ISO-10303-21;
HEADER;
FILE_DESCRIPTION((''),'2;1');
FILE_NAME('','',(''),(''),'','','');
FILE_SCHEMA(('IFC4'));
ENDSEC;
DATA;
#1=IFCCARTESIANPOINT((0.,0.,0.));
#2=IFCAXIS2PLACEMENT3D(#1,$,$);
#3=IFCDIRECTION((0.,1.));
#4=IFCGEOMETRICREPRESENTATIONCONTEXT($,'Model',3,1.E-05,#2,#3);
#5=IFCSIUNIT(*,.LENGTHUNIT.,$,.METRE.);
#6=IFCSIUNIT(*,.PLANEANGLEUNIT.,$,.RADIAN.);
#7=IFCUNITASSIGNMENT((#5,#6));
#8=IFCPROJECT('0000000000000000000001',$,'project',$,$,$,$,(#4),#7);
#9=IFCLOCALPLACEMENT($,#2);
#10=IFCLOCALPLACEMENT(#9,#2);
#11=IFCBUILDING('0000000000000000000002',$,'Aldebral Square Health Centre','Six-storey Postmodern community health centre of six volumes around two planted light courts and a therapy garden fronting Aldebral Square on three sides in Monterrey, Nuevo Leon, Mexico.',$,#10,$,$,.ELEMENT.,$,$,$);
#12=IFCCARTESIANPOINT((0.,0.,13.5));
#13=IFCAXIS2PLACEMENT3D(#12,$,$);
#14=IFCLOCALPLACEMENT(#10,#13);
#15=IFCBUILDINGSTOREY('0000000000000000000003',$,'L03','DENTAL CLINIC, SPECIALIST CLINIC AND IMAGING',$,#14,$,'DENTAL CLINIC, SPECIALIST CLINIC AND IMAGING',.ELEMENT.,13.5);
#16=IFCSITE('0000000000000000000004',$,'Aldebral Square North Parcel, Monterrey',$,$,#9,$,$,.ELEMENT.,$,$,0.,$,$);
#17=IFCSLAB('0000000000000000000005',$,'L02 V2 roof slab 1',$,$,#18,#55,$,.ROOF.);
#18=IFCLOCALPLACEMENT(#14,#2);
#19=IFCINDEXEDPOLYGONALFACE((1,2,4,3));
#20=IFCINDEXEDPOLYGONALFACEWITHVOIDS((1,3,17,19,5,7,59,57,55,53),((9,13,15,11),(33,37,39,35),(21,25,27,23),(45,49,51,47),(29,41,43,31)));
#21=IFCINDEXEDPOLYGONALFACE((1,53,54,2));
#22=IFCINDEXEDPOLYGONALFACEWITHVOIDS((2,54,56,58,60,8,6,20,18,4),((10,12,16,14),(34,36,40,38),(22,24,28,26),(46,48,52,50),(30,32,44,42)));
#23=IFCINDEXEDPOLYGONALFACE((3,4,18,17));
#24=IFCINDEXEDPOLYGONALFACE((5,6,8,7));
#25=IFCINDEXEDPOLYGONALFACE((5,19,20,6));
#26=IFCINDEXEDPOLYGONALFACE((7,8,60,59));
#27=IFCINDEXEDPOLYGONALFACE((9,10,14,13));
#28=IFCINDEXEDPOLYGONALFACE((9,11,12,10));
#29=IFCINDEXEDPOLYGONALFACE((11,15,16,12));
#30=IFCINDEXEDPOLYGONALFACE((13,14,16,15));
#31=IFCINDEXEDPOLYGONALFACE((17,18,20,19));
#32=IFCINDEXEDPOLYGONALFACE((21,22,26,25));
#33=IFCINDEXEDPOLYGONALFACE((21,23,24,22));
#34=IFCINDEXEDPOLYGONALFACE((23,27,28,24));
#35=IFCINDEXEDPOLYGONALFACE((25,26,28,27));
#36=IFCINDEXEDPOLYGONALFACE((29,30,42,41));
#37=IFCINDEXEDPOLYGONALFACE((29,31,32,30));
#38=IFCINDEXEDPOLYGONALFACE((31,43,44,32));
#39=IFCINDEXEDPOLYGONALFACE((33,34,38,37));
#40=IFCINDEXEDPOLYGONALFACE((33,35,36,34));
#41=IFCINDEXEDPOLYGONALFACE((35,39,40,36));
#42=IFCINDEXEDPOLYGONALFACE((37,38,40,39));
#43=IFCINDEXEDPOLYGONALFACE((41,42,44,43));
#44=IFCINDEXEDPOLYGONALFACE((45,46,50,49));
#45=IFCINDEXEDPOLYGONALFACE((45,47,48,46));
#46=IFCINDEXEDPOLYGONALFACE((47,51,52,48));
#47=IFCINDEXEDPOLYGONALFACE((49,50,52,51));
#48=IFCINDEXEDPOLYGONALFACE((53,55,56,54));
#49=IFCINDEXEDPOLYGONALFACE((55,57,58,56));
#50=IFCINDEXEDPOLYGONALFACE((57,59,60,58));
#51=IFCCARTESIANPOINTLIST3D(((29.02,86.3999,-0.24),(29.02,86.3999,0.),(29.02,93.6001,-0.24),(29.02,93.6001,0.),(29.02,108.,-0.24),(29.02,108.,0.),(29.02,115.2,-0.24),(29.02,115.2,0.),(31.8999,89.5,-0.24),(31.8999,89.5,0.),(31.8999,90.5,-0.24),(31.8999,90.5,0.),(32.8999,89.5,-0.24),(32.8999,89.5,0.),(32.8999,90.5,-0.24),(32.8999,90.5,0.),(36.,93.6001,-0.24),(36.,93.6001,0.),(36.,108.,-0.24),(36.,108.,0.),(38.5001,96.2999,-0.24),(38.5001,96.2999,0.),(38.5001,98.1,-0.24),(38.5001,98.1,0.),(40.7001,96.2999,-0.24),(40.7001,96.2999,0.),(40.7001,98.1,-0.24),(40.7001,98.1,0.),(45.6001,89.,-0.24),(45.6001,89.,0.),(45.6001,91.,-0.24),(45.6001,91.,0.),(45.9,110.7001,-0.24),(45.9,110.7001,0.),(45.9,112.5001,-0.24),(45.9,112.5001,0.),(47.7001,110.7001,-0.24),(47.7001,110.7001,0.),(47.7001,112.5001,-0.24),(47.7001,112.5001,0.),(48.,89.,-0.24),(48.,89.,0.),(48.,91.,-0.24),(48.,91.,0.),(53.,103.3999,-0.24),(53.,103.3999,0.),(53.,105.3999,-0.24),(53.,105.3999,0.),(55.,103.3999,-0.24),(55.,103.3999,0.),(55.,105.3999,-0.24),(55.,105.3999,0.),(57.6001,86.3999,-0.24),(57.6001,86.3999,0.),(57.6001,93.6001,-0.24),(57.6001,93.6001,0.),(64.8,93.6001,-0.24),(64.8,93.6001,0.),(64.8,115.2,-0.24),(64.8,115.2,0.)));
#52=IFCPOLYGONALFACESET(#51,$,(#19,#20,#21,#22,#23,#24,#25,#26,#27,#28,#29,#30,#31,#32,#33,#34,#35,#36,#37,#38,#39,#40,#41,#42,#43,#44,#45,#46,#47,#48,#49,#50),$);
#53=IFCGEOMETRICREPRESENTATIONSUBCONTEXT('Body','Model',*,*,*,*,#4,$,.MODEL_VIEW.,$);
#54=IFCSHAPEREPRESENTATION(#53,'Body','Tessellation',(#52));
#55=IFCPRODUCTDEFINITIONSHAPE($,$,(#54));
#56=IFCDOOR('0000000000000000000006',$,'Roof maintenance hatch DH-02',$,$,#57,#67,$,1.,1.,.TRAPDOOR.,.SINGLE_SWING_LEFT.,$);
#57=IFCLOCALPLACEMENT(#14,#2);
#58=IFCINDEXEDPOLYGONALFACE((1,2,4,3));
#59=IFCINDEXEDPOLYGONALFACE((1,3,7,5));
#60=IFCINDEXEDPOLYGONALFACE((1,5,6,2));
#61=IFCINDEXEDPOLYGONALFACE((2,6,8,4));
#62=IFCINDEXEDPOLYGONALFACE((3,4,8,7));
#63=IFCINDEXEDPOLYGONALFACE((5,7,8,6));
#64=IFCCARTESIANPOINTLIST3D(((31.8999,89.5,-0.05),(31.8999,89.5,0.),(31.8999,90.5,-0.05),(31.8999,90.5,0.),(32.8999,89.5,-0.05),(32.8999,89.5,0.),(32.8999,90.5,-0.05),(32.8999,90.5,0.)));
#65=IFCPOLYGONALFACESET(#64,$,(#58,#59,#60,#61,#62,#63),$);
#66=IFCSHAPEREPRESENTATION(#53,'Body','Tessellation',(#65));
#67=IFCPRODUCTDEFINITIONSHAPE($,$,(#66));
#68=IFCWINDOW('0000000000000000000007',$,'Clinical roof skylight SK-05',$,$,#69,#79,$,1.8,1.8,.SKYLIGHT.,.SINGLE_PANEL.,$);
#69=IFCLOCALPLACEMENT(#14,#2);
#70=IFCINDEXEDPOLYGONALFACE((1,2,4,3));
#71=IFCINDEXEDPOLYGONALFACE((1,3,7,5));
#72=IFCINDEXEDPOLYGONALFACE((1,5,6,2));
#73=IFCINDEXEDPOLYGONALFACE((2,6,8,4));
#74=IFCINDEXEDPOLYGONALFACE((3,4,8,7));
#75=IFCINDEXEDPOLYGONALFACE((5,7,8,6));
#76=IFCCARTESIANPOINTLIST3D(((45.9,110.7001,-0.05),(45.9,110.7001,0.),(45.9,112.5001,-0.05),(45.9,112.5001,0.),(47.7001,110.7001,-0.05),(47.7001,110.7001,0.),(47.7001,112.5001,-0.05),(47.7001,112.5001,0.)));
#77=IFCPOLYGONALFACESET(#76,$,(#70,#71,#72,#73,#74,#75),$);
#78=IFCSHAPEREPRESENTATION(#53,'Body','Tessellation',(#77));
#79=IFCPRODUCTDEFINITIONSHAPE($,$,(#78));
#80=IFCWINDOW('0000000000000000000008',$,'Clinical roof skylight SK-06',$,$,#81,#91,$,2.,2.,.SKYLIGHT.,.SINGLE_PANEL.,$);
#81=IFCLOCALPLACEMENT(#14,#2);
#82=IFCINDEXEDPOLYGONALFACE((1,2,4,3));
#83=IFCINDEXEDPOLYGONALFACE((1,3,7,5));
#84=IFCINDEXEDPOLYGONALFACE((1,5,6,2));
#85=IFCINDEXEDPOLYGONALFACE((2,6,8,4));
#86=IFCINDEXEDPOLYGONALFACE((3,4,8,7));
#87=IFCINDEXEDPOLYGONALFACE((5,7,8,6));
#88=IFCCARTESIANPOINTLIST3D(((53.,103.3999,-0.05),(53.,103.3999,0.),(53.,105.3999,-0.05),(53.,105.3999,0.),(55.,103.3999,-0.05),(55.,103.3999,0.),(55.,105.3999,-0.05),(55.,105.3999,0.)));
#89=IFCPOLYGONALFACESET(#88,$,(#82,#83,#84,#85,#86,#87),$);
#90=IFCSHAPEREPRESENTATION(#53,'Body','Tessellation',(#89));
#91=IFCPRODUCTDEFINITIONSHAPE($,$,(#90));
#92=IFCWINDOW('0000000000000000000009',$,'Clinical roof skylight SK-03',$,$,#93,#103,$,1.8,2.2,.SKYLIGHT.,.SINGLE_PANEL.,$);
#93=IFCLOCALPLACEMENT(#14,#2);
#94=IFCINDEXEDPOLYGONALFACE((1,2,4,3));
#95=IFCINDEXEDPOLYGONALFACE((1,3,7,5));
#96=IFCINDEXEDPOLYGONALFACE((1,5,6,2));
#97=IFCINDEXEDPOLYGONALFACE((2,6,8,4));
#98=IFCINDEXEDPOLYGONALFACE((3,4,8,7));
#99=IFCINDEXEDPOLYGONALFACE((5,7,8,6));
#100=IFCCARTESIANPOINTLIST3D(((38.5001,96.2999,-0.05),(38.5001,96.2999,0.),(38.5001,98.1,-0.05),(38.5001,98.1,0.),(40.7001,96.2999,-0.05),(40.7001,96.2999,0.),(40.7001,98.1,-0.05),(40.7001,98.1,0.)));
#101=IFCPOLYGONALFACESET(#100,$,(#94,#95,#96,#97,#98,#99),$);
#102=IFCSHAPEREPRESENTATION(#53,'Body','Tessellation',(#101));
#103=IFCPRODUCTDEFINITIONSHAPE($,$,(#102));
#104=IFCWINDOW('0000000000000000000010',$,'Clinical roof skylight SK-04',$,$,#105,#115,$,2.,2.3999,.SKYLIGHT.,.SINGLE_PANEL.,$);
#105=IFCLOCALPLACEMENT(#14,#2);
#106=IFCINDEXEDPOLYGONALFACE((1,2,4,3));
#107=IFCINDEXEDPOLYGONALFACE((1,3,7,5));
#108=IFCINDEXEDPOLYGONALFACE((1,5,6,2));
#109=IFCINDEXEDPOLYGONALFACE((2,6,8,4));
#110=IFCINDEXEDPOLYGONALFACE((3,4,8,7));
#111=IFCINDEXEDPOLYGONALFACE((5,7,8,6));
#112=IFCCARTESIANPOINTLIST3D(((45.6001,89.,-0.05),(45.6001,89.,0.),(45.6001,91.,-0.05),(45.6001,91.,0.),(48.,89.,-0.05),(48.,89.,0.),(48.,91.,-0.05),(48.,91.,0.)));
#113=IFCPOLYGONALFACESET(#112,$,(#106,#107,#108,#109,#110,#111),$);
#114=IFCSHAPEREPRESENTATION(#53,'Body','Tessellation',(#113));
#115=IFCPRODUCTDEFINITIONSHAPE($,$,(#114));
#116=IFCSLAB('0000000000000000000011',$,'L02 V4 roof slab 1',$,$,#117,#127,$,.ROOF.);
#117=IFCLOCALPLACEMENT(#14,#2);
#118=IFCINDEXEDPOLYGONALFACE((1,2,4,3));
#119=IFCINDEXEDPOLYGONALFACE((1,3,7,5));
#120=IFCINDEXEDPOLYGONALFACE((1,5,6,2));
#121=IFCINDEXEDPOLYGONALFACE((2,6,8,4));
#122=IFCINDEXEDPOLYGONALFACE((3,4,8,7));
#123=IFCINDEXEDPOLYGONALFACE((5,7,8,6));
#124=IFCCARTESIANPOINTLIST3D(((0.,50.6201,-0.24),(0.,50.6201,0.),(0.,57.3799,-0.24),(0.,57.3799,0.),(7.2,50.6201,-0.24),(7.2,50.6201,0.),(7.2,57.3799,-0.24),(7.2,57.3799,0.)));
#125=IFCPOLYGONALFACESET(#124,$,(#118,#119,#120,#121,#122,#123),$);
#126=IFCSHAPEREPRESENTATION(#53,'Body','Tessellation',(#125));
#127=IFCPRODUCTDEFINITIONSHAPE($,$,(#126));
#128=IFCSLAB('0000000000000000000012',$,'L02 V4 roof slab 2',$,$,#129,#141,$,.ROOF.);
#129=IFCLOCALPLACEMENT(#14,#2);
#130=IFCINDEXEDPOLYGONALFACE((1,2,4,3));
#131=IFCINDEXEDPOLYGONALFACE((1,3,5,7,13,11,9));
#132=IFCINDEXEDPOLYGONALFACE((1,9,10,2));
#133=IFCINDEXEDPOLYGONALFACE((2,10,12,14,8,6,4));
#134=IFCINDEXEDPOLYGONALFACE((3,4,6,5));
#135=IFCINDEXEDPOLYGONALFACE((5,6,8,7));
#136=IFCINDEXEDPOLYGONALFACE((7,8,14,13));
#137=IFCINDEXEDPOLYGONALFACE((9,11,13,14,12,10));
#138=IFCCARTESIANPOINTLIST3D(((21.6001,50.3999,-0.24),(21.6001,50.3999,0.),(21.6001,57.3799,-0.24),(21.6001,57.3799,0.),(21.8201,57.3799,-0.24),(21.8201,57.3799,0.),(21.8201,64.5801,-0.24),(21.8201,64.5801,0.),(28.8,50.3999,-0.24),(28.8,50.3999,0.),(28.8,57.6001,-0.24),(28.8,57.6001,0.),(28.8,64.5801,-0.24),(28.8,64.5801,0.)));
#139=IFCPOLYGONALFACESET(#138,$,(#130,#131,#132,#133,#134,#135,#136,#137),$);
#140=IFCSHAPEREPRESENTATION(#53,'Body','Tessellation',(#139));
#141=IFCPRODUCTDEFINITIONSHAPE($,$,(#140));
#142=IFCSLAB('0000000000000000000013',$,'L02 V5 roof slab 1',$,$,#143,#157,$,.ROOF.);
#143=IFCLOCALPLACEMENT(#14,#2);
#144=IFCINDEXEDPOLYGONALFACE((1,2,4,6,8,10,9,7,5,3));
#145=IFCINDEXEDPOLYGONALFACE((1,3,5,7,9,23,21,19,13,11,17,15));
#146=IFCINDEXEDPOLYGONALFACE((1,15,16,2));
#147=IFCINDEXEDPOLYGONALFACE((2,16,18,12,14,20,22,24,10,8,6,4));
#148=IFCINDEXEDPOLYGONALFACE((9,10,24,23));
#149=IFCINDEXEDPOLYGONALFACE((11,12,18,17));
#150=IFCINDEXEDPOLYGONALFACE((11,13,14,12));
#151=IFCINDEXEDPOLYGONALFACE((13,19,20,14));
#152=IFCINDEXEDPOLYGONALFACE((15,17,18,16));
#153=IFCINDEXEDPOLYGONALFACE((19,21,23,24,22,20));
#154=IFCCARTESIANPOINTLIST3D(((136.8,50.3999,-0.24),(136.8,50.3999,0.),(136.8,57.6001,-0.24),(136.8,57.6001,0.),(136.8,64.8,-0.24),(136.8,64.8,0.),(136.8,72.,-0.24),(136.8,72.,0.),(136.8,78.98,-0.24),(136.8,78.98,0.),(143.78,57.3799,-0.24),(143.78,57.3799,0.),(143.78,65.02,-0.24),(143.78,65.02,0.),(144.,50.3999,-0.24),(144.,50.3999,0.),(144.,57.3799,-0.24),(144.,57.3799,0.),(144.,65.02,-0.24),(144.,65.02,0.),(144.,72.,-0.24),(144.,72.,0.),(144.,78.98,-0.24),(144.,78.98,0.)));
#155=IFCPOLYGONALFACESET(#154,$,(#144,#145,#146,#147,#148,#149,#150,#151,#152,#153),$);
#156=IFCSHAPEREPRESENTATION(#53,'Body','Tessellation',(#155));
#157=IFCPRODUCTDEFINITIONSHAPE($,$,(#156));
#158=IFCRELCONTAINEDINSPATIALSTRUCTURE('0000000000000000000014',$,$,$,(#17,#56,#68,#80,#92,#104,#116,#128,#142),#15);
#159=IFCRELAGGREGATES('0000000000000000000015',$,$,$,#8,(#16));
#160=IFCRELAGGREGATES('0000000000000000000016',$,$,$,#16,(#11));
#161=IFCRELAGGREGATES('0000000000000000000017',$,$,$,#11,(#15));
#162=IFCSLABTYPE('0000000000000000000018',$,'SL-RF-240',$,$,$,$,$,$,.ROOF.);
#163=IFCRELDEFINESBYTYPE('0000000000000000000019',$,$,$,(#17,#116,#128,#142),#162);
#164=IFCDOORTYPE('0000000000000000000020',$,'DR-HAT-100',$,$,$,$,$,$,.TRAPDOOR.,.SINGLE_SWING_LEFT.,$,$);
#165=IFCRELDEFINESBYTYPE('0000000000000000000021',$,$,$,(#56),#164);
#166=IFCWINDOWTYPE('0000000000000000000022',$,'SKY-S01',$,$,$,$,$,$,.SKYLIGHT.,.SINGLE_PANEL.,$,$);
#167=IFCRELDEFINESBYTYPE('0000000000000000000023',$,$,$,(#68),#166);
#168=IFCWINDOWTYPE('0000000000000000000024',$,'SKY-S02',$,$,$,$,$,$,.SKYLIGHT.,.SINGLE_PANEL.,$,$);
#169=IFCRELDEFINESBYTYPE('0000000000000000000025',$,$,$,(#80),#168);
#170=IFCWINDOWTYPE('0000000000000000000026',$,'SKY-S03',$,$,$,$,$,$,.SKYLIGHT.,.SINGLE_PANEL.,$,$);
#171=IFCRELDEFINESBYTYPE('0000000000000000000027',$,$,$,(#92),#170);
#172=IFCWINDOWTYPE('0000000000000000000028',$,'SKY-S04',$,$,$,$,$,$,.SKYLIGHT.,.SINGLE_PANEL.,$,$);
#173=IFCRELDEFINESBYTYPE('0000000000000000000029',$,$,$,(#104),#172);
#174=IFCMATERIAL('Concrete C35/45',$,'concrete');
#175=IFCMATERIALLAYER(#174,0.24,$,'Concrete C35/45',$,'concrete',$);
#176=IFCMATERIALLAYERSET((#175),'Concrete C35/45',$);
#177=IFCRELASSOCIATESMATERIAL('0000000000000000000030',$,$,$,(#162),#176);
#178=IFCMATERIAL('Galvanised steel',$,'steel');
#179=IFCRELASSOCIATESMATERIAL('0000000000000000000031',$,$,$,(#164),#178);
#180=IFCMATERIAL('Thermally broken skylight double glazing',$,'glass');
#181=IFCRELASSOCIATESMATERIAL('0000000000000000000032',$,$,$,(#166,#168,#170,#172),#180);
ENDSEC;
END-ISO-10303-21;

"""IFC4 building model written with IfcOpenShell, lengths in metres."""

from ifc_helpers import new_model, si_unit, direction, frame, origin, origin_2d, place, context, subcontext, project, spatial, polyline, rectangle, outline, extrude, material, layer, layer_set, type_object, element, fill, save


model = new_model("IFC4")

# Units and contexts
model_context = context("Model", 3, precision=1e-05, world=origin(), true_north=direction((0.0, 1.0)))
body_context = subcontext(model_context, "Body", "Model", "MODEL_VIEW")
ifc_project = project(units=[si_unit("LENGTHUNIT", "METRE"), si_unit("PLANEANGLEUNIT", "RADIAN")], contexts=[model_context])

# Site, building, storey
site_placement = place(None, origin())
site = spatial("IfcSite", under=ifc_project, at=site_placement, Name="Aldebral Square North Parcel, Monterrey", CompositionType="ELEMENT", RefElevation=0.0)
building_placement = place(site_placement, origin())
building = spatial("IfcBuilding", under=site, at=building_placement, Name="Aldebral Square Health Centre", Description="Six-storey Postmodern community health centre of six volumes around two planted light courts and a therapy garden fronting Aldebral Square on three sides in Monterrey, Nuevo Leon, Mexico.", CompositionType="ELEMENT")
storey_placement = place(building_placement, frame((0.0, 0.0, 13.5)))
storey = spatial("IfcBuildingStorey", under=building, at=storey_placement, Name="L03", Description="DENTAL CLINIC, SPECIALIST CLINIC AND IMAGING", LongName="DENTAL CLINIC, SPECIALIST CLINIC AND IMAGING", CompositionType="ELEMENT", Elevation=13.5)

# Shared definitions
ifc_material_1 = material(Name="Concrete C35/45", Category="concrete")

# Slab, openings, door, windows
ifc_layer_1 = layer(ifc_material_1, 0.24, Name="Concrete C35/45", Category="concrete")
ifc_layer_set_1 = layer_set([ifc_layer_1], Name="Concrete C35/45")
slab_type_1 = type_object("IfcSlabType", Name="SL-RF-240", PredefinedType="ROOF", material=ifc_layer_set_1)
slab_1_placement = place(storey_placement, frame((0.0, 0.0, -0.24)))
slab_1 = element("IfcSlab", 1, at=slab_1_placement, inside=storey, type_object=slab_type_1, Name="L02 V2 roof slab 1", PredefinedType="ROOF", context=body_context, shape_type="SweptSolid", body=[
    extrude(outline(polyline([(36.0, 108.0), (29.02, 108.0), (29.02, 115.2), (36.0, 115.2), (43.2, 115.2), (50.3999, 115.2), (57.6001, 115.2), (64.8, 115.2), (64.8, 108.0), (64.8, 100.8), (64.8, 93.6001), (57.6001, 93.6001), (57.6001, 86.3999), (50.3999, 86.3999), (43.2, 86.3999), (36.0, 86.3999), (29.02, 86.3999), (29.02, 93.6001), (36.0, 93.6001), (36.0, 100.8), (36.0, 108.0)])), origin(), (0.0, 0.0, 1.0), 0.24),
])
opening_1_placement = place(slab_1_placement, frame((32.3999, 90.0, -0.01)))
opening_1 = element("IfcOpeningElement", 2, at=opening_1_placement, cuts=slab_1, PredefinedType="OPENING", context=body_context, shape_type="SweptSolid", body=[
    extrude(rectangle(XDim=1.0, YDim=1.0, at=origin_2d()), origin(), (0.0, 0.0, 1.0), 0.26),
])
opening_2_placement = place(slab_1_placement, frame((39.6001, 97.2, -0.01)))
opening_2 = element("IfcOpeningElement", 3, at=opening_2_placement, cuts=slab_1, PredefinedType="OPENING", context=body_context, shape_type="SweptSolid", body=[
    extrude(rectangle(XDim=2.2, YDim=1.8, at=origin_2d()), origin(), (0.0, 0.0, 1.0), 0.26),
])
opening_3_placement = place(slab_1_placement, frame((46.8, 90.0, -0.01)))
opening_3 = element("IfcOpeningElement", 4, at=opening_3_placement, cuts=slab_1, PredefinedType="OPENING", context=body_context, shape_type="SweptSolid", body=[
    extrude(rectangle(XDim=2.3999, YDim=2.0, at=origin_2d()), origin(), (0.0, 0.0, 1.0), 0.26),
])
opening_4_placement = place(slab_1_placement, frame((46.8, 111.6001, -0.01)))
opening_4 = element("IfcOpeningElement", 5, at=opening_4_placement, cuts=slab_1, PredefinedType="OPENING", context=body_context, shape_type="SweptSolid", body=[
    extrude(rectangle(XDim=1.8, YDim=1.8, at=origin_2d()), origin(), (0.0, 0.0, 1.0), 0.26),
])
opening_5_placement = place(slab_1_placement, frame((54.0, 104.3999, -0.01)))
opening_5 = element("IfcOpeningElement", 6, at=opening_5_placement, cuts=slab_1, PredefinedType="OPENING", context=body_context, shape_type="SweptSolid", body=[
    extrude(rectangle(XDim=2.0, YDim=2.0, at=origin_2d()), origin(), (0.0, 0.0, 1.0), 0.26),
])
ifc_material_2 = material(Name="Galvanised steel", Category="steel")
door_type = type_object("IfcDoorType", Name="DR-HAT-100", OperationType="SINGLE_SWING_LEFT", PredefinedType="TRAPDOOR", material=ifc_material_2)
door_1_placement = place(slab_1_placement, frame((32.3999, 90.0, 0.1899)))
door_1 = element("IfcDoor", 7, at=door_1_placement, inside=storey, type_object=door_type, Name="Roof maintenance hatch DH-02", OperationType="SINGLE_SWING_LEFT", OverallHeight=1.0, OverallWidth=1.0, PredefinedType="TRAPDOOR", context=body_context, shape_type="SweptSolid", body=[
    extrude(rectangle(XDim=1.0, YDim=1.0, at=origin_2d()), origin(), (0.0, 0.0, 1.0), 0.05),
])
fill(opening_1, door_1)
ifc_material_3 = material(Name="Thermally broken skylight double glazing", Category="glass")
window_type_1 = type_object("IfcWindowType", Name="SKY-S01", PartitioningType="SINGLE_PANEL", PredefinedType="SKYLIGHT", material=ifc_material_3)
window_1_placement = place(slab_1_placement, frame((46.8, 111.6001, 0.1899)))
window_1 = element("IfcWindow", 8, at=window_1_placement, inside=storey, type_object=window_type_1, Name="Clinical roof skylight SK-05", OverallHeight=1.8, OverallWidth=1.8, PartitioningType="SINGLE_PANEL", PredefinedType="SKYLIGHT", context=body_context, shape_type="SweptSolid", body=[
    extrude(rectangle(XDim=1.8, YDim=1.8, at=origin_2d()), origin(), (0.0, 0.0, 1.0), 0.05),
])
fill(opening_4, window_1)
window_type_2 = type_object("IfcWindowType", Name="SKY-S02", PartitioningType="SINGLE_PANEL", PredefinedType="SKYLIGHT", material=ifc_material_3)
window_2_placement = place(slab_1_placement, frame((54.0, 104.3999, 0.1899)))
window_2 = element("IfcWindow", 9, at=window_2_placement, inside=storey, type_object=window_type_2, Name="Clinical roof skylight SK-06", OverallHeight=2.0, OverallWidth=2.0, PartitioningType="SINGLE_PANEL", PredefinedType="SKYLIGHT", context=body_context, shape_type="SweptSolid", body=[
    extrude(rectangle(XDim=2.0, YDim=2.0, at=origin_2d()), origin(), (0.0, 0.0, 1.0), 0.05),
])
fill(opening_5, window_2)
window_type_3 = type_object("IfcWindowType", Name="SKY-S03", PartitioningType="SINGLE_PANEL", PredefinedType="SKYLIGHT", material=ifc_material_3)
window_3_placement = place(slab_1_placement, frame((39.6001, 97.2, 0.1899)))
window_3 = element("IfcWindow", 10, at=window_3_placement, inside=storey, type_object=window_type_3, Name="Clinical roof skylight SK-03", OverallHeight=1.8, OverallWidth=2.2, PartitioningType="SINGLE_PANEL", PredefinedType="SKYLIGHT", context=body_context, shape_type="SweptSolid", body=[
    extrude(rectangle(XDim=2.2, YDim=1.8, at=origin_2d()), origin(), (0.0, 0.0, 1.0), 0.05),
])
fill(opening_2, window_3)
window_type_4 = type_object("IfcWindowType", Name="SKY-S04", PartitioningType="SINGLE_PANEL", PredefinedType="SKYLIGHT", material=ifc_material_3)
window_4_placement = place(slab_1_placement, frame((46.8, 90.0, 0.1899)))
window_4 = element("IfcWindow", 11, at=window_4_placement, inside=storey, type_object=window_type_4, Name="Clinical roof skylight SK-04", OverallHeight=2.0, OverallWidth=2.3999, PartitioningType="SINGLE_PANEL", PredefinedType="SKYLIGHT", context=body_context, shape_type="SweptSolid", body=[
    extrude(rectangle(XDim=2.3999, YDim=2.0, at=origin_2d()), origin(), (0.0, 0.0, 1.0), 0.05),
])
fill(opening_3, window_4)

# Slabs
slab_2_placement = place(storey_placement, frame((0.0, 0.0, -0.24)))
element("IfcSlab", 12, at=slab_2_placement, inside=storey, type_object=slab_type_1, Name="L02 V4 roof slab 1", PredefinedType="ROOF", context=body_context, shape_type="SweptSolid", body=[
    extrude(outline(polyline([(0.0, 57.3799), (7.2, 57.3799), (7.2, 50.6201), (0.0, 50.6201), (0.0, 57.3799)])), origin(), (0.0, 0.0, 1.0), 0.24),
])
slab_3_placement = place(storey_placement, frame((0.0, 0.0, -0.24)))
element("IfcSlab", 13, at=slab_3_placement, inside=storey, type_object=slab_type_1, Name="L02 V4 roof slab 2", PredefinedType="ROOF", context=body_context, shape_type="SweptSolid", body=[
    extrude(outline(polyline([(21.6001, 57.3799), (21.8201, 57.3799), (21.8201, 64.5801), (28.8, 64.5801), (28.8, 57.6001), (28.8, 50.3999), (21.6001, 50.3999), (21.6001, 57.3799)])), origin(), (0.0, 0.0, 1.0), 0.24),
])
slab_4_placement = place(storey_placement, frame((0.0, 0.0, -0.24)))
element("IfcSlab", 14, at=slab_4_placement, inside=storey, type_object=slab_type_1, Name="L02 V5 roof slab 1", PredefinedType="ROOF", context=body_context, shape_type="SweptSolid", body=[
    extrude(outline(polyline([(136.8, 57.6001), (136.8, 64.8), (136.8, 72.0), (136.8, 78.98), (144.0, 78.98), (144.0, 72.0), (144.0, 65.02), (143.78, 65.02), (143.78, 57.3799), (144.0, 57.3799), (144.0, 50.3999), (136.8, 50.3999), (136.8, 57.6001)])), origin(), (0.0, 0.0, 1.0), 0.24),
])

save(model, "model.ifc")
